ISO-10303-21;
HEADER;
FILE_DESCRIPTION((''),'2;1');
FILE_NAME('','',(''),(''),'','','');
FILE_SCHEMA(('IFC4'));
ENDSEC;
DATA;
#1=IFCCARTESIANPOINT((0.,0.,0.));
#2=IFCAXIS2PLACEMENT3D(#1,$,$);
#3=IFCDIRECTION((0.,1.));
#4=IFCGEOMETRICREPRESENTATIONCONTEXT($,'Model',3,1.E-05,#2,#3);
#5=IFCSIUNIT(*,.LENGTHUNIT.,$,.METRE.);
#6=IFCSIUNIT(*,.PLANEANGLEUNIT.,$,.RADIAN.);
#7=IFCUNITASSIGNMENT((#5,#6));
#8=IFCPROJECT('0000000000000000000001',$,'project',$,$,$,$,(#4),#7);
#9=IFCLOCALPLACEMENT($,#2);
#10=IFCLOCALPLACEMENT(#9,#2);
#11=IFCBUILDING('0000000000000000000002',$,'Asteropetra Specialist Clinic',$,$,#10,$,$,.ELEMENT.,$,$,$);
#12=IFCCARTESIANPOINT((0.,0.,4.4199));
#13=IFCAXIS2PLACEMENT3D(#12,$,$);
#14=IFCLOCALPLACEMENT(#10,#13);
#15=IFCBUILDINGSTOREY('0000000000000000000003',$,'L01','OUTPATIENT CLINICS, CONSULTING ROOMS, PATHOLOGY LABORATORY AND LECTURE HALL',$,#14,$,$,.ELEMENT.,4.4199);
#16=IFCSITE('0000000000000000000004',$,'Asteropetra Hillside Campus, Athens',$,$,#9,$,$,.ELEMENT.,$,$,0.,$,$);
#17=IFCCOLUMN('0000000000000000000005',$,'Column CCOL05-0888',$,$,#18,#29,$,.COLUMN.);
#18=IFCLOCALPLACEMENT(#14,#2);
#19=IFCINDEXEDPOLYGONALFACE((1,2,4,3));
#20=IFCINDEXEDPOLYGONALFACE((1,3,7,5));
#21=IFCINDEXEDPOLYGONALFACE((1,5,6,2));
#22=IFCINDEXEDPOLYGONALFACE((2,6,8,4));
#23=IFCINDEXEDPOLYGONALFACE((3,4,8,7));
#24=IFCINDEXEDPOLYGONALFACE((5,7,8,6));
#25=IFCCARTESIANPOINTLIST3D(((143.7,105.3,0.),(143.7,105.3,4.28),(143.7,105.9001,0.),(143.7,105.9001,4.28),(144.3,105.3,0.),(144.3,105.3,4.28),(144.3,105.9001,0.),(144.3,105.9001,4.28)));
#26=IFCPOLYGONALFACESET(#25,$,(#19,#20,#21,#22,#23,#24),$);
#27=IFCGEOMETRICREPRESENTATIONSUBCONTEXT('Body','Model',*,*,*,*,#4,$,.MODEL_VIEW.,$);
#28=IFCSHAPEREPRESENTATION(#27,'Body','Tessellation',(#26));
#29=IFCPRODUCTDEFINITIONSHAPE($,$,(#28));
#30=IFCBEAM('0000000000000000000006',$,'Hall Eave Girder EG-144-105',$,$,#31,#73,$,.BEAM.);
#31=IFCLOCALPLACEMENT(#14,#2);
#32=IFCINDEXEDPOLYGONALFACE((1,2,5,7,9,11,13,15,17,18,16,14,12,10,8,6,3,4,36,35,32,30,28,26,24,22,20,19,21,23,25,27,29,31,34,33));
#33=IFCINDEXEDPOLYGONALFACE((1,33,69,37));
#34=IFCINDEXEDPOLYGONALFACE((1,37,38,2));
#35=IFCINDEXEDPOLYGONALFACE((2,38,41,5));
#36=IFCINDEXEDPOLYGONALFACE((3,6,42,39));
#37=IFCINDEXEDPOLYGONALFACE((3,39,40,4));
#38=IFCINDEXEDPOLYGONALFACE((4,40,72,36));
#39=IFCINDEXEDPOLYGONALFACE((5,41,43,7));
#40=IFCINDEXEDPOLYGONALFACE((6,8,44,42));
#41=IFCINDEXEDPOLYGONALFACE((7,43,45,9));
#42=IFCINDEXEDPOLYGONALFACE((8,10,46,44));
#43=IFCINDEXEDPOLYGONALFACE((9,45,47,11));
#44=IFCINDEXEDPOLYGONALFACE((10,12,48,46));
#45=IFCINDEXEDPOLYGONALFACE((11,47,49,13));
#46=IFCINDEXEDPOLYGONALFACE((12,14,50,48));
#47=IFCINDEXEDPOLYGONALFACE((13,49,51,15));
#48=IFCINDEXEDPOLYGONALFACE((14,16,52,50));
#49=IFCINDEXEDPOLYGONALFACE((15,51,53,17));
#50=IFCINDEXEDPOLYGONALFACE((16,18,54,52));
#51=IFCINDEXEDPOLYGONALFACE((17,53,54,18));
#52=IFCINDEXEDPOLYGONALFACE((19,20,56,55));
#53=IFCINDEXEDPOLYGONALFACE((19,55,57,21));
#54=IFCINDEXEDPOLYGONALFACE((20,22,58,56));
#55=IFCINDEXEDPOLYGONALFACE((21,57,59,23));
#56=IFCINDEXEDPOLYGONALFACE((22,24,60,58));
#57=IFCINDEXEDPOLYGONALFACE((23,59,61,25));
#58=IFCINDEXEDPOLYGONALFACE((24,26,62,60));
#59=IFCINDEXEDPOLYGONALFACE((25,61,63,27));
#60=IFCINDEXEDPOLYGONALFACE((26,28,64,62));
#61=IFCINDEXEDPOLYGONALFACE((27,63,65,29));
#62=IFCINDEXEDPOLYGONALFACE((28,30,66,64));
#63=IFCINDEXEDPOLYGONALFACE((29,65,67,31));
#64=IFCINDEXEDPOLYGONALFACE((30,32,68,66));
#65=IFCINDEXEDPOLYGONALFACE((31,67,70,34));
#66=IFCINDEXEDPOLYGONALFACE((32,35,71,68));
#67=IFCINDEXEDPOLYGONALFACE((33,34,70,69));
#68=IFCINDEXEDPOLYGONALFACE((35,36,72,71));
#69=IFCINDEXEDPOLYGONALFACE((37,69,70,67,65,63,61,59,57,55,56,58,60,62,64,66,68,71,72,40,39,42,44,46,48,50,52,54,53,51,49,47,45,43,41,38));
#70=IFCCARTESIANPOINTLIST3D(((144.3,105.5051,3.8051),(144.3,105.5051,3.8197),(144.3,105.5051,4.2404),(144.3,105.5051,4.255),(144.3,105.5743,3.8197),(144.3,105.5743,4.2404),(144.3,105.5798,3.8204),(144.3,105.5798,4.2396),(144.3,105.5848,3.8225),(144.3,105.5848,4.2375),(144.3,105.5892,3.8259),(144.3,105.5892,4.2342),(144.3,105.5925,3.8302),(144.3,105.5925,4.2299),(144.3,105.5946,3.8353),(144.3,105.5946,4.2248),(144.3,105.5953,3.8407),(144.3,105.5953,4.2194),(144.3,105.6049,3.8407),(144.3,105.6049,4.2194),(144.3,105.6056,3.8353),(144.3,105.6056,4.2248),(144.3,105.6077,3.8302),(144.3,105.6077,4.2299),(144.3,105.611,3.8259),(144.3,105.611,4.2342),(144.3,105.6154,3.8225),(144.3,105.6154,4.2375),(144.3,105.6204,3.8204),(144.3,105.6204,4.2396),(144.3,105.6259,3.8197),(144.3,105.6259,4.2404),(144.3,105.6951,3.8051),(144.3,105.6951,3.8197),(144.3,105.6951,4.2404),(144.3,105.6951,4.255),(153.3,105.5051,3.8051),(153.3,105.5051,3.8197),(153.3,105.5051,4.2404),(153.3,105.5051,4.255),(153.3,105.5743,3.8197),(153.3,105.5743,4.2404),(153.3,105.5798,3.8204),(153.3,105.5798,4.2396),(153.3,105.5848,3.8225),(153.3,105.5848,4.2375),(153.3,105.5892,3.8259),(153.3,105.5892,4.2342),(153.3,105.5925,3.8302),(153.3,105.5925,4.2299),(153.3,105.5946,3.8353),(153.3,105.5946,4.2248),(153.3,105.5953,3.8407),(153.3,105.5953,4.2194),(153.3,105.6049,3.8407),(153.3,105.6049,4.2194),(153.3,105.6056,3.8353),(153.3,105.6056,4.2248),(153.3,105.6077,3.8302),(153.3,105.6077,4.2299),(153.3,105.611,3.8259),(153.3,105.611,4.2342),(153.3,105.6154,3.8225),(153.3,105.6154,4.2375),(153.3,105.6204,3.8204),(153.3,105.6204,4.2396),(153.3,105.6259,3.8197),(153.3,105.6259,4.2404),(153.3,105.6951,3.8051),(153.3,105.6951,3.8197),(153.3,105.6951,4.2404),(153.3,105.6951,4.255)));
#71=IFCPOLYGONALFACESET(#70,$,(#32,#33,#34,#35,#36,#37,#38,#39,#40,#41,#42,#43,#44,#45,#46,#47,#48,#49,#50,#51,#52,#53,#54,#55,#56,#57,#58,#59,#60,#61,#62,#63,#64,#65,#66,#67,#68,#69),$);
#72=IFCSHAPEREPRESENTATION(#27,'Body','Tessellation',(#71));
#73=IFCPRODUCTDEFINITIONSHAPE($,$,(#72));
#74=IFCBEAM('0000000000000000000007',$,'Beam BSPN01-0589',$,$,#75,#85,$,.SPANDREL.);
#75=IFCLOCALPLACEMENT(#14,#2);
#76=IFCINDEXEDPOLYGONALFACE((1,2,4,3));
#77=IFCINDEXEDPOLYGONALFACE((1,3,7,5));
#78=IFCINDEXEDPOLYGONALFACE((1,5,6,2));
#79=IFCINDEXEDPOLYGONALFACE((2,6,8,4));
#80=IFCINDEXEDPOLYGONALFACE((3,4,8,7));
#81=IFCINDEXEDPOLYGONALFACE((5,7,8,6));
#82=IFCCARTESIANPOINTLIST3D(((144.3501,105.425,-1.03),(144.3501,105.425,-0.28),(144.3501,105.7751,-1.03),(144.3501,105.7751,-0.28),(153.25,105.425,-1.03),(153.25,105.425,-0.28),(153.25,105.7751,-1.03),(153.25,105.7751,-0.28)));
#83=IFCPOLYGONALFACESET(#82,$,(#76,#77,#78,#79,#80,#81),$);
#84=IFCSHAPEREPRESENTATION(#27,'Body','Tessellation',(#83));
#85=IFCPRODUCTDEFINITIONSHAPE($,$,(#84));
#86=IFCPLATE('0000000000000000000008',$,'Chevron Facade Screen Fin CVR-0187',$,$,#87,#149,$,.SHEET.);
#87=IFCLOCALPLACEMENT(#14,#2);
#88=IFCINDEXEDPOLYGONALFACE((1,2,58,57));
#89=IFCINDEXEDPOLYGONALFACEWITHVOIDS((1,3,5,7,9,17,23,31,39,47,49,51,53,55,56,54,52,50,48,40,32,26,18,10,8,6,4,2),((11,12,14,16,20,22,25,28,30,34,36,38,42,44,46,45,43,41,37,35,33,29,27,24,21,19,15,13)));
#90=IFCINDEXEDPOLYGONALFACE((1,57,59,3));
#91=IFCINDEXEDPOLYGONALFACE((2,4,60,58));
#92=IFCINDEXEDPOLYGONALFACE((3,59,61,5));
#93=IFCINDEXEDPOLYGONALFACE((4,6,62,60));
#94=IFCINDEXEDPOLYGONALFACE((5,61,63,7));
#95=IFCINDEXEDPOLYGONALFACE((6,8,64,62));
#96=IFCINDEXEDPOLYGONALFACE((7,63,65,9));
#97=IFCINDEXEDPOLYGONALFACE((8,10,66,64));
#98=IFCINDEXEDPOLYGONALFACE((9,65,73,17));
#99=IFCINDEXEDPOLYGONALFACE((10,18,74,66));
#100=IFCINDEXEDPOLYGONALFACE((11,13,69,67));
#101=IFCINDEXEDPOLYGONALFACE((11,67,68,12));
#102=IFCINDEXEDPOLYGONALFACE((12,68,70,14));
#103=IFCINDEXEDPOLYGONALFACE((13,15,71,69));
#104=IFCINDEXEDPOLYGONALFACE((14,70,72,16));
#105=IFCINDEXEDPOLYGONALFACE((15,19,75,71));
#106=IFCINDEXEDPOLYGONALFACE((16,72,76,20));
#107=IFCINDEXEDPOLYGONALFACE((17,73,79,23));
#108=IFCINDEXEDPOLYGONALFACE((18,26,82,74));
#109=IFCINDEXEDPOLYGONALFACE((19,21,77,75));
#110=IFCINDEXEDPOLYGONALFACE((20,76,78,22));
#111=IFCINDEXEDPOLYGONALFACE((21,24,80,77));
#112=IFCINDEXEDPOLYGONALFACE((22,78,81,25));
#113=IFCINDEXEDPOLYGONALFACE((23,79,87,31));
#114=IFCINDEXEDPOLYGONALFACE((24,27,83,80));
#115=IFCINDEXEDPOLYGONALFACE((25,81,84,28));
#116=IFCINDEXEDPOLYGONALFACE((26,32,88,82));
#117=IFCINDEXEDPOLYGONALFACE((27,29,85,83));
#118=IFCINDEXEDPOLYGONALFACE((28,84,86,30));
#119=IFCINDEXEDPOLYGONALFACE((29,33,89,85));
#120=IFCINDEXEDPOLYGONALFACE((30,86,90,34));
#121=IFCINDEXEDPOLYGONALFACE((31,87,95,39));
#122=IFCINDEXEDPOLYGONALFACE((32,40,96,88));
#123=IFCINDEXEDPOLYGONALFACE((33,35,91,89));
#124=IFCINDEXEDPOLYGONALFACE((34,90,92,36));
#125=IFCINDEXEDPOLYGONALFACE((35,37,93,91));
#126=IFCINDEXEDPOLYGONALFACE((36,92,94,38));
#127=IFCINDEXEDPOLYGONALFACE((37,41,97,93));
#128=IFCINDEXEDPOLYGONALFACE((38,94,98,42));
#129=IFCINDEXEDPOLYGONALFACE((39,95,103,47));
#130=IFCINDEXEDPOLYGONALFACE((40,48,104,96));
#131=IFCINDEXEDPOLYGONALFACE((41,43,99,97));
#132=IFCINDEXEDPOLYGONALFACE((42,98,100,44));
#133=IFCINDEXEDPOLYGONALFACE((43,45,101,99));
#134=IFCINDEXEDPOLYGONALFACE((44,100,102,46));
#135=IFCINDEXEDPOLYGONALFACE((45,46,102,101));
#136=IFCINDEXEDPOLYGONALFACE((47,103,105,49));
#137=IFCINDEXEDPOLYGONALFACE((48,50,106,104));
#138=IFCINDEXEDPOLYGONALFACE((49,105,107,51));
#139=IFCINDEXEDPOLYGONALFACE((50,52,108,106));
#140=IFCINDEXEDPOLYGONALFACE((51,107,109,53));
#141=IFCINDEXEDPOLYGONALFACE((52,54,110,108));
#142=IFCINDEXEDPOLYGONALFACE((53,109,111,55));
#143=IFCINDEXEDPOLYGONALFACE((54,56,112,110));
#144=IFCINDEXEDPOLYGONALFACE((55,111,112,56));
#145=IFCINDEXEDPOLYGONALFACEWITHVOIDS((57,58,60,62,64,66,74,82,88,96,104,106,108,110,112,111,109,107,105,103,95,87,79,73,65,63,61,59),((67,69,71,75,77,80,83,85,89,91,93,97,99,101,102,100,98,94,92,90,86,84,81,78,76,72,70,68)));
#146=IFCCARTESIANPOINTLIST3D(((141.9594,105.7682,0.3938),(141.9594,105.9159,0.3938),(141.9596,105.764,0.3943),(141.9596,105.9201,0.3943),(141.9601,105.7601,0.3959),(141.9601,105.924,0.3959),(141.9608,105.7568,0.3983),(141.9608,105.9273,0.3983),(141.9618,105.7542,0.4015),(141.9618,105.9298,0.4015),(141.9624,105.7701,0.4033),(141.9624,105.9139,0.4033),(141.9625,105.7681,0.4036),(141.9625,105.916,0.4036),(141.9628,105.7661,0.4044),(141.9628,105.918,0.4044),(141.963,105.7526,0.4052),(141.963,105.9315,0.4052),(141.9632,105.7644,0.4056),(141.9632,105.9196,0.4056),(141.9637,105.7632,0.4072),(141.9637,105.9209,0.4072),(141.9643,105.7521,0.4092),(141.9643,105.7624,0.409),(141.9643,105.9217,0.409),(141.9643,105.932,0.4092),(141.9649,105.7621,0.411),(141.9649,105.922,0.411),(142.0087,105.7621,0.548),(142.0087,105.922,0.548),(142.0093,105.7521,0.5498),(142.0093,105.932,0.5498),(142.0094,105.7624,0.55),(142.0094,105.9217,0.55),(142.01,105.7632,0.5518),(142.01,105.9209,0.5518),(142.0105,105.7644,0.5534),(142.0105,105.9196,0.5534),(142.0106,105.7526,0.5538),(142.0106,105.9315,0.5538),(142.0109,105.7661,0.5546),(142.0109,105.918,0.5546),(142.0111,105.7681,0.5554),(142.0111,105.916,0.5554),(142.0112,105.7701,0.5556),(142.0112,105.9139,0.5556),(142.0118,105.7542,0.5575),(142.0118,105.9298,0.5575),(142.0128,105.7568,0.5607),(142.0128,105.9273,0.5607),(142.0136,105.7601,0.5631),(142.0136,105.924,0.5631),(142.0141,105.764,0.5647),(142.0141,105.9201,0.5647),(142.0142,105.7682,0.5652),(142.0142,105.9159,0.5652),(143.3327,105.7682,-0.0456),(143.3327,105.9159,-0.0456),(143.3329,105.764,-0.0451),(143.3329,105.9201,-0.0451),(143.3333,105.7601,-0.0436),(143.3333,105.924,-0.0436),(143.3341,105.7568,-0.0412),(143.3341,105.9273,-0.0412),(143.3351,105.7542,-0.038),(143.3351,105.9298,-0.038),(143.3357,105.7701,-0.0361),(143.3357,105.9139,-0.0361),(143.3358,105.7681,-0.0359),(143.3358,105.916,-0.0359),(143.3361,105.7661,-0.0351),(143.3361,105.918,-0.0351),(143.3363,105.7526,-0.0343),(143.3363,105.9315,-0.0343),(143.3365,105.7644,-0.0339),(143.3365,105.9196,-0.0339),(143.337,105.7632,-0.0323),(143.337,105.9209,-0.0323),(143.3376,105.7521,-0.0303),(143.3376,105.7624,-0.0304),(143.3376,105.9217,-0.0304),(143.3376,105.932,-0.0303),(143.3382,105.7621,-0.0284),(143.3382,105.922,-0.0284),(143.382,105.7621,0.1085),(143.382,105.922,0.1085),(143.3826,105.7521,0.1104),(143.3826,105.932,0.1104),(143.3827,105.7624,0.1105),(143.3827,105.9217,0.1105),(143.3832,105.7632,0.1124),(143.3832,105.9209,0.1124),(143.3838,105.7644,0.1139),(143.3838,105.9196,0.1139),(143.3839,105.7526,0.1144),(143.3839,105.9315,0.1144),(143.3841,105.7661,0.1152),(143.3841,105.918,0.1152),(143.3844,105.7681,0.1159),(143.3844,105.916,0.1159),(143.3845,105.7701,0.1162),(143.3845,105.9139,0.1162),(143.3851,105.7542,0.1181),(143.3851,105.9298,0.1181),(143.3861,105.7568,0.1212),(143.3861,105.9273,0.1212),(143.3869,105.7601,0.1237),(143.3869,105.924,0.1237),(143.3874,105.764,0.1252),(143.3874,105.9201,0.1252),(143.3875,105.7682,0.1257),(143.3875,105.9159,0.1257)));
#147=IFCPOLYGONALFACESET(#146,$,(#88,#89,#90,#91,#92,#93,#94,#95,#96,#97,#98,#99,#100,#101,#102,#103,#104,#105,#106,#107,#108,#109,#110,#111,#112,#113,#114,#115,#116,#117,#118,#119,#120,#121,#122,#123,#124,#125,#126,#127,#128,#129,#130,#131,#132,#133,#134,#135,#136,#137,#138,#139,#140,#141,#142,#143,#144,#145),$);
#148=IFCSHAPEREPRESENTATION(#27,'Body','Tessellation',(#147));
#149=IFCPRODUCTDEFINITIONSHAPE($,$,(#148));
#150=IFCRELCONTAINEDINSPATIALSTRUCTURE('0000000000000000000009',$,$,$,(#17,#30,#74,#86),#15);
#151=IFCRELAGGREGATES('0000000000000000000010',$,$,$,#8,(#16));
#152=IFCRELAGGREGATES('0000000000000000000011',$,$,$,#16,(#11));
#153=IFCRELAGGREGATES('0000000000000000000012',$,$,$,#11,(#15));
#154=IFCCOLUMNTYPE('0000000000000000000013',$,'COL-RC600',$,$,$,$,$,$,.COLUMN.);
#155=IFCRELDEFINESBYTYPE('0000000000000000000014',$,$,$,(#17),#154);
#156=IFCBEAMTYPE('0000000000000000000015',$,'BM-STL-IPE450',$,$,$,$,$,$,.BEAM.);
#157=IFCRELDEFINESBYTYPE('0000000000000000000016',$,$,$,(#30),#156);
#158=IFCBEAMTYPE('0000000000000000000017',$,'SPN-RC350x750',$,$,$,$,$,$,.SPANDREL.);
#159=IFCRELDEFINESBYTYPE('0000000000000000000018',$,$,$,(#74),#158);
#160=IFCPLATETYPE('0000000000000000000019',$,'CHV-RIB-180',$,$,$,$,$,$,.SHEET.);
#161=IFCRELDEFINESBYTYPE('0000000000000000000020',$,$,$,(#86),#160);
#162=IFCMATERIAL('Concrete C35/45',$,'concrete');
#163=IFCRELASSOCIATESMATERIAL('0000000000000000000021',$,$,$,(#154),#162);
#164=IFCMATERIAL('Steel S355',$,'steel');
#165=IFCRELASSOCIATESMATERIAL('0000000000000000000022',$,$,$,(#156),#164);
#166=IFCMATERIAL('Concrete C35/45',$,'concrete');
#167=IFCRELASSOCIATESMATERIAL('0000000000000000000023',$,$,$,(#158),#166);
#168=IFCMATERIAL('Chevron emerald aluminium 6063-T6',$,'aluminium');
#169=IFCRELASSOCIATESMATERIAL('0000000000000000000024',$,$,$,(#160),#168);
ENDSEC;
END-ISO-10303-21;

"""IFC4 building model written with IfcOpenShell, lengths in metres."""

from ifc_helpers import new_model, si_unit, direction, frame, origin, origin_2d, place, context, subcontext, project, spatial, rectangle, hollow_rectangle, i_section, extrude, material, material_profile, profile_set, type_object, element, save


model = new_model("IFC4")

# Units and contexts
model_context = context("Model", 3, precision=1e-05, world=origin(), true_north=direction((0.0, 1.0)))
body_context = subcontext(model_context, "Body", "Model", "MODEL_VIEW")
ifc_project = project(units=[si_unit("LENGTHUNIT", "METRE"), si_unit("PLANEANGLEUNIT", "RADIAN")], contexts=[model_context])

# Site, building, storey
site_placement = place(None, origin())
site = spatial("IfcSite", under=ifc_project, at=site_placement, Name="Asteropetra Hillside Campus, Athens", CompositionType="ELEMENT", RefElevation=0.0)
building_placement = place(site_placement, origin())
building = spatial("IfcBuilding", under=site, at=building_placement, Name="Asteropetra Specialist Clinic", CompositionType="ELEMENT")
storey_placement = place(building_placement, frame((0.0, 0.0, 4.4199)))
storey = spatial("IfcBuildingStorey", under=building, at=storey_placement, Name="L01", Description="OUTPATIENT CLINICS, CONSULTING ROOMS, PATHOLOGY LABORATORY AND LECTURE HALL", CompositionType="ELEMENT", Elevation=4.4199)

# Column
ifc_material_1 = material(Name="Concrete C35/45", Category="concrete")
ifc_material_profile_1 = material_profile(ifc_material_1, rectangle(XDim=0.6001, YDim=0.6001, at=origin_2d()), Name="RC 600x600")
ifc_profile_set_1 = profile_set([ifc_material_profile_1], Name="Concrete C35/45")
column_type = type_object("IfcColumnType", Name="COL-RC600", PredefinedType="COLUMN", material=ifc_profile_set_1)
column_placement = place(storey_placement, frame((144.0, 105.6001, 0.0), z_axis=(0.0, 0.0, 1.0), x_axis=(1.0, 0.0, 0.0)))
element("IfcColumn", 1, at=column_placement, inside=storey, type_object=column_type, Name="Column CCOL05-0888", PredefinedType="COLUMN", context=body_context, shape_type="SweptSolid", body=[
    extrude(rectangle(XDim=0.6001, YDim=0.6001, at=origin_2d()), origin(), (0.0, 0.0, 1.0), 4.28),
])

# Beams
ifc_material_2 = material(Name="Steel S355", Category="steel")
ifc_material_profile_2 = material_profile(ifc_material_2, i_section(OverallWidth=0.1899, OverallDepth=0.45, WebThickness=0.0095, FlangeThickness=0.0146, FilletRadius=0.021, at=origin_2d()), Name="IPE 450")
ifc_profile_set_2 = profile_set([ifc_material_profile_2], Name="Steel S355")
beam_type_1 = type_object("IfcBeamType", Name="BM-STL-IPE450", PredefinedType="BEAM", material=ifc_profile_set_2)
beam_1_placement = place(storey_placement, frame((144.3, 105.6001, 4.03), z_axis=(1.0, 0.0, 0.0), x_axis=(0.0, 1.0, 0.0)))
element("IfcBeam", 2, at=beam_1_placement, inside=storey, type_object=beam_type_1, Name="Hall Eave Girder EG-144-105", PredefinedType="BEAM", context=body_context, shape_type="SweptSolid", body=[
    extrude(i_section(OverallWidth=0.1899, OverallDepth=0.45, WebThickness=0.0095, FlangeThickness=0.0146, FilletRadius=0.021, at=origin_2d()), origin(), (0.0, 0.0, 1.0), 9.0),
])
ifc_material_3 = material(Name="Concrete C35/45", Category="concrete")
ifc_material_profile_3 = material_profile(ifc_material_3, rectangle(XDim=0.3501, YDim=0.75, at=origin_2d()), Name="RCS 350x750")
ifc_profile_set_3 = profile_set([ifc_material_profile_3], Name="Concrete C35/45")
beam_type_2 = type_object("IfcBeamType", Name="SPN-RC350x750", PredefinedType="SPANDREL", material=ifc_profile_set_3)
beam_2_placement = place(storey_placement, frame((144.3501, 105.6001, -0.655), z_axis=(1.0, 0.0, 0.0), x_axis=(0.0, 1.0, 0.0)))
element("IfcBeam", 3, at=beam_2_placement, inside=storey, type_object=beam_type_2, Name="Beam BSPN01-0589", PredefinedType="SPANDREL", context=body_context, shape_type="SweptSolid", body=[
    extrude(rectangle(XDim=0.3501, YDim=0.75, at=origin_2d()), origin(), (0.0, 0.0, 1.0), 8.8999),
])

# Plate
ifc_material_4 = material(Name="Chevron emerald aluminium 6063-T6", Category="aluminium")
ifc_material_profile_4 = material_profile(ifc_material_4, hollow_rectangle(XDim=0.1799, YDim=0.1799, WallThickness=0.01, InnerFilletRadius=0.0081, OuterFilletRadius=0.0161, at=origin_2d()), Name="SHS 180x180x10.0")
ifc_profile_set_4 = profile_set([ifc_material_profile_4], Name="Chevron emerald aluminium 6063-T6")
plate_type = type_object("IfcPlateType", Name="CHV-RIB-180", PredefinedType="SHEET", material=ifc_profile_set_4)
plate_1_placement = place(storey_placement, frame((143.3601, 105.842, 0.04), z_axis=(-0.952424, 0.0, 0.304776), x_axis=(0.0, -1.0, 0.0)))
element("IfcPlate", 4, at=plate_1_placement, inside=storey, type_object=plate_type, Name="Chevron Facade Screen Fin CVR-0187", PredefinedType="SHEET", context=body_context, shape_type="SweptSolid", body=[
    extrude(hollow_rectangle(XDim=0.1799, YDim=0.1799, WallThickness=0.01, InnerFilletRadius=0.0081, OuterFilletRadius=0.0161, at=origin_2d()), origin(), (0.0, 0.0, 1.0), 1.4419),
])

save(model, "model.ifc")
